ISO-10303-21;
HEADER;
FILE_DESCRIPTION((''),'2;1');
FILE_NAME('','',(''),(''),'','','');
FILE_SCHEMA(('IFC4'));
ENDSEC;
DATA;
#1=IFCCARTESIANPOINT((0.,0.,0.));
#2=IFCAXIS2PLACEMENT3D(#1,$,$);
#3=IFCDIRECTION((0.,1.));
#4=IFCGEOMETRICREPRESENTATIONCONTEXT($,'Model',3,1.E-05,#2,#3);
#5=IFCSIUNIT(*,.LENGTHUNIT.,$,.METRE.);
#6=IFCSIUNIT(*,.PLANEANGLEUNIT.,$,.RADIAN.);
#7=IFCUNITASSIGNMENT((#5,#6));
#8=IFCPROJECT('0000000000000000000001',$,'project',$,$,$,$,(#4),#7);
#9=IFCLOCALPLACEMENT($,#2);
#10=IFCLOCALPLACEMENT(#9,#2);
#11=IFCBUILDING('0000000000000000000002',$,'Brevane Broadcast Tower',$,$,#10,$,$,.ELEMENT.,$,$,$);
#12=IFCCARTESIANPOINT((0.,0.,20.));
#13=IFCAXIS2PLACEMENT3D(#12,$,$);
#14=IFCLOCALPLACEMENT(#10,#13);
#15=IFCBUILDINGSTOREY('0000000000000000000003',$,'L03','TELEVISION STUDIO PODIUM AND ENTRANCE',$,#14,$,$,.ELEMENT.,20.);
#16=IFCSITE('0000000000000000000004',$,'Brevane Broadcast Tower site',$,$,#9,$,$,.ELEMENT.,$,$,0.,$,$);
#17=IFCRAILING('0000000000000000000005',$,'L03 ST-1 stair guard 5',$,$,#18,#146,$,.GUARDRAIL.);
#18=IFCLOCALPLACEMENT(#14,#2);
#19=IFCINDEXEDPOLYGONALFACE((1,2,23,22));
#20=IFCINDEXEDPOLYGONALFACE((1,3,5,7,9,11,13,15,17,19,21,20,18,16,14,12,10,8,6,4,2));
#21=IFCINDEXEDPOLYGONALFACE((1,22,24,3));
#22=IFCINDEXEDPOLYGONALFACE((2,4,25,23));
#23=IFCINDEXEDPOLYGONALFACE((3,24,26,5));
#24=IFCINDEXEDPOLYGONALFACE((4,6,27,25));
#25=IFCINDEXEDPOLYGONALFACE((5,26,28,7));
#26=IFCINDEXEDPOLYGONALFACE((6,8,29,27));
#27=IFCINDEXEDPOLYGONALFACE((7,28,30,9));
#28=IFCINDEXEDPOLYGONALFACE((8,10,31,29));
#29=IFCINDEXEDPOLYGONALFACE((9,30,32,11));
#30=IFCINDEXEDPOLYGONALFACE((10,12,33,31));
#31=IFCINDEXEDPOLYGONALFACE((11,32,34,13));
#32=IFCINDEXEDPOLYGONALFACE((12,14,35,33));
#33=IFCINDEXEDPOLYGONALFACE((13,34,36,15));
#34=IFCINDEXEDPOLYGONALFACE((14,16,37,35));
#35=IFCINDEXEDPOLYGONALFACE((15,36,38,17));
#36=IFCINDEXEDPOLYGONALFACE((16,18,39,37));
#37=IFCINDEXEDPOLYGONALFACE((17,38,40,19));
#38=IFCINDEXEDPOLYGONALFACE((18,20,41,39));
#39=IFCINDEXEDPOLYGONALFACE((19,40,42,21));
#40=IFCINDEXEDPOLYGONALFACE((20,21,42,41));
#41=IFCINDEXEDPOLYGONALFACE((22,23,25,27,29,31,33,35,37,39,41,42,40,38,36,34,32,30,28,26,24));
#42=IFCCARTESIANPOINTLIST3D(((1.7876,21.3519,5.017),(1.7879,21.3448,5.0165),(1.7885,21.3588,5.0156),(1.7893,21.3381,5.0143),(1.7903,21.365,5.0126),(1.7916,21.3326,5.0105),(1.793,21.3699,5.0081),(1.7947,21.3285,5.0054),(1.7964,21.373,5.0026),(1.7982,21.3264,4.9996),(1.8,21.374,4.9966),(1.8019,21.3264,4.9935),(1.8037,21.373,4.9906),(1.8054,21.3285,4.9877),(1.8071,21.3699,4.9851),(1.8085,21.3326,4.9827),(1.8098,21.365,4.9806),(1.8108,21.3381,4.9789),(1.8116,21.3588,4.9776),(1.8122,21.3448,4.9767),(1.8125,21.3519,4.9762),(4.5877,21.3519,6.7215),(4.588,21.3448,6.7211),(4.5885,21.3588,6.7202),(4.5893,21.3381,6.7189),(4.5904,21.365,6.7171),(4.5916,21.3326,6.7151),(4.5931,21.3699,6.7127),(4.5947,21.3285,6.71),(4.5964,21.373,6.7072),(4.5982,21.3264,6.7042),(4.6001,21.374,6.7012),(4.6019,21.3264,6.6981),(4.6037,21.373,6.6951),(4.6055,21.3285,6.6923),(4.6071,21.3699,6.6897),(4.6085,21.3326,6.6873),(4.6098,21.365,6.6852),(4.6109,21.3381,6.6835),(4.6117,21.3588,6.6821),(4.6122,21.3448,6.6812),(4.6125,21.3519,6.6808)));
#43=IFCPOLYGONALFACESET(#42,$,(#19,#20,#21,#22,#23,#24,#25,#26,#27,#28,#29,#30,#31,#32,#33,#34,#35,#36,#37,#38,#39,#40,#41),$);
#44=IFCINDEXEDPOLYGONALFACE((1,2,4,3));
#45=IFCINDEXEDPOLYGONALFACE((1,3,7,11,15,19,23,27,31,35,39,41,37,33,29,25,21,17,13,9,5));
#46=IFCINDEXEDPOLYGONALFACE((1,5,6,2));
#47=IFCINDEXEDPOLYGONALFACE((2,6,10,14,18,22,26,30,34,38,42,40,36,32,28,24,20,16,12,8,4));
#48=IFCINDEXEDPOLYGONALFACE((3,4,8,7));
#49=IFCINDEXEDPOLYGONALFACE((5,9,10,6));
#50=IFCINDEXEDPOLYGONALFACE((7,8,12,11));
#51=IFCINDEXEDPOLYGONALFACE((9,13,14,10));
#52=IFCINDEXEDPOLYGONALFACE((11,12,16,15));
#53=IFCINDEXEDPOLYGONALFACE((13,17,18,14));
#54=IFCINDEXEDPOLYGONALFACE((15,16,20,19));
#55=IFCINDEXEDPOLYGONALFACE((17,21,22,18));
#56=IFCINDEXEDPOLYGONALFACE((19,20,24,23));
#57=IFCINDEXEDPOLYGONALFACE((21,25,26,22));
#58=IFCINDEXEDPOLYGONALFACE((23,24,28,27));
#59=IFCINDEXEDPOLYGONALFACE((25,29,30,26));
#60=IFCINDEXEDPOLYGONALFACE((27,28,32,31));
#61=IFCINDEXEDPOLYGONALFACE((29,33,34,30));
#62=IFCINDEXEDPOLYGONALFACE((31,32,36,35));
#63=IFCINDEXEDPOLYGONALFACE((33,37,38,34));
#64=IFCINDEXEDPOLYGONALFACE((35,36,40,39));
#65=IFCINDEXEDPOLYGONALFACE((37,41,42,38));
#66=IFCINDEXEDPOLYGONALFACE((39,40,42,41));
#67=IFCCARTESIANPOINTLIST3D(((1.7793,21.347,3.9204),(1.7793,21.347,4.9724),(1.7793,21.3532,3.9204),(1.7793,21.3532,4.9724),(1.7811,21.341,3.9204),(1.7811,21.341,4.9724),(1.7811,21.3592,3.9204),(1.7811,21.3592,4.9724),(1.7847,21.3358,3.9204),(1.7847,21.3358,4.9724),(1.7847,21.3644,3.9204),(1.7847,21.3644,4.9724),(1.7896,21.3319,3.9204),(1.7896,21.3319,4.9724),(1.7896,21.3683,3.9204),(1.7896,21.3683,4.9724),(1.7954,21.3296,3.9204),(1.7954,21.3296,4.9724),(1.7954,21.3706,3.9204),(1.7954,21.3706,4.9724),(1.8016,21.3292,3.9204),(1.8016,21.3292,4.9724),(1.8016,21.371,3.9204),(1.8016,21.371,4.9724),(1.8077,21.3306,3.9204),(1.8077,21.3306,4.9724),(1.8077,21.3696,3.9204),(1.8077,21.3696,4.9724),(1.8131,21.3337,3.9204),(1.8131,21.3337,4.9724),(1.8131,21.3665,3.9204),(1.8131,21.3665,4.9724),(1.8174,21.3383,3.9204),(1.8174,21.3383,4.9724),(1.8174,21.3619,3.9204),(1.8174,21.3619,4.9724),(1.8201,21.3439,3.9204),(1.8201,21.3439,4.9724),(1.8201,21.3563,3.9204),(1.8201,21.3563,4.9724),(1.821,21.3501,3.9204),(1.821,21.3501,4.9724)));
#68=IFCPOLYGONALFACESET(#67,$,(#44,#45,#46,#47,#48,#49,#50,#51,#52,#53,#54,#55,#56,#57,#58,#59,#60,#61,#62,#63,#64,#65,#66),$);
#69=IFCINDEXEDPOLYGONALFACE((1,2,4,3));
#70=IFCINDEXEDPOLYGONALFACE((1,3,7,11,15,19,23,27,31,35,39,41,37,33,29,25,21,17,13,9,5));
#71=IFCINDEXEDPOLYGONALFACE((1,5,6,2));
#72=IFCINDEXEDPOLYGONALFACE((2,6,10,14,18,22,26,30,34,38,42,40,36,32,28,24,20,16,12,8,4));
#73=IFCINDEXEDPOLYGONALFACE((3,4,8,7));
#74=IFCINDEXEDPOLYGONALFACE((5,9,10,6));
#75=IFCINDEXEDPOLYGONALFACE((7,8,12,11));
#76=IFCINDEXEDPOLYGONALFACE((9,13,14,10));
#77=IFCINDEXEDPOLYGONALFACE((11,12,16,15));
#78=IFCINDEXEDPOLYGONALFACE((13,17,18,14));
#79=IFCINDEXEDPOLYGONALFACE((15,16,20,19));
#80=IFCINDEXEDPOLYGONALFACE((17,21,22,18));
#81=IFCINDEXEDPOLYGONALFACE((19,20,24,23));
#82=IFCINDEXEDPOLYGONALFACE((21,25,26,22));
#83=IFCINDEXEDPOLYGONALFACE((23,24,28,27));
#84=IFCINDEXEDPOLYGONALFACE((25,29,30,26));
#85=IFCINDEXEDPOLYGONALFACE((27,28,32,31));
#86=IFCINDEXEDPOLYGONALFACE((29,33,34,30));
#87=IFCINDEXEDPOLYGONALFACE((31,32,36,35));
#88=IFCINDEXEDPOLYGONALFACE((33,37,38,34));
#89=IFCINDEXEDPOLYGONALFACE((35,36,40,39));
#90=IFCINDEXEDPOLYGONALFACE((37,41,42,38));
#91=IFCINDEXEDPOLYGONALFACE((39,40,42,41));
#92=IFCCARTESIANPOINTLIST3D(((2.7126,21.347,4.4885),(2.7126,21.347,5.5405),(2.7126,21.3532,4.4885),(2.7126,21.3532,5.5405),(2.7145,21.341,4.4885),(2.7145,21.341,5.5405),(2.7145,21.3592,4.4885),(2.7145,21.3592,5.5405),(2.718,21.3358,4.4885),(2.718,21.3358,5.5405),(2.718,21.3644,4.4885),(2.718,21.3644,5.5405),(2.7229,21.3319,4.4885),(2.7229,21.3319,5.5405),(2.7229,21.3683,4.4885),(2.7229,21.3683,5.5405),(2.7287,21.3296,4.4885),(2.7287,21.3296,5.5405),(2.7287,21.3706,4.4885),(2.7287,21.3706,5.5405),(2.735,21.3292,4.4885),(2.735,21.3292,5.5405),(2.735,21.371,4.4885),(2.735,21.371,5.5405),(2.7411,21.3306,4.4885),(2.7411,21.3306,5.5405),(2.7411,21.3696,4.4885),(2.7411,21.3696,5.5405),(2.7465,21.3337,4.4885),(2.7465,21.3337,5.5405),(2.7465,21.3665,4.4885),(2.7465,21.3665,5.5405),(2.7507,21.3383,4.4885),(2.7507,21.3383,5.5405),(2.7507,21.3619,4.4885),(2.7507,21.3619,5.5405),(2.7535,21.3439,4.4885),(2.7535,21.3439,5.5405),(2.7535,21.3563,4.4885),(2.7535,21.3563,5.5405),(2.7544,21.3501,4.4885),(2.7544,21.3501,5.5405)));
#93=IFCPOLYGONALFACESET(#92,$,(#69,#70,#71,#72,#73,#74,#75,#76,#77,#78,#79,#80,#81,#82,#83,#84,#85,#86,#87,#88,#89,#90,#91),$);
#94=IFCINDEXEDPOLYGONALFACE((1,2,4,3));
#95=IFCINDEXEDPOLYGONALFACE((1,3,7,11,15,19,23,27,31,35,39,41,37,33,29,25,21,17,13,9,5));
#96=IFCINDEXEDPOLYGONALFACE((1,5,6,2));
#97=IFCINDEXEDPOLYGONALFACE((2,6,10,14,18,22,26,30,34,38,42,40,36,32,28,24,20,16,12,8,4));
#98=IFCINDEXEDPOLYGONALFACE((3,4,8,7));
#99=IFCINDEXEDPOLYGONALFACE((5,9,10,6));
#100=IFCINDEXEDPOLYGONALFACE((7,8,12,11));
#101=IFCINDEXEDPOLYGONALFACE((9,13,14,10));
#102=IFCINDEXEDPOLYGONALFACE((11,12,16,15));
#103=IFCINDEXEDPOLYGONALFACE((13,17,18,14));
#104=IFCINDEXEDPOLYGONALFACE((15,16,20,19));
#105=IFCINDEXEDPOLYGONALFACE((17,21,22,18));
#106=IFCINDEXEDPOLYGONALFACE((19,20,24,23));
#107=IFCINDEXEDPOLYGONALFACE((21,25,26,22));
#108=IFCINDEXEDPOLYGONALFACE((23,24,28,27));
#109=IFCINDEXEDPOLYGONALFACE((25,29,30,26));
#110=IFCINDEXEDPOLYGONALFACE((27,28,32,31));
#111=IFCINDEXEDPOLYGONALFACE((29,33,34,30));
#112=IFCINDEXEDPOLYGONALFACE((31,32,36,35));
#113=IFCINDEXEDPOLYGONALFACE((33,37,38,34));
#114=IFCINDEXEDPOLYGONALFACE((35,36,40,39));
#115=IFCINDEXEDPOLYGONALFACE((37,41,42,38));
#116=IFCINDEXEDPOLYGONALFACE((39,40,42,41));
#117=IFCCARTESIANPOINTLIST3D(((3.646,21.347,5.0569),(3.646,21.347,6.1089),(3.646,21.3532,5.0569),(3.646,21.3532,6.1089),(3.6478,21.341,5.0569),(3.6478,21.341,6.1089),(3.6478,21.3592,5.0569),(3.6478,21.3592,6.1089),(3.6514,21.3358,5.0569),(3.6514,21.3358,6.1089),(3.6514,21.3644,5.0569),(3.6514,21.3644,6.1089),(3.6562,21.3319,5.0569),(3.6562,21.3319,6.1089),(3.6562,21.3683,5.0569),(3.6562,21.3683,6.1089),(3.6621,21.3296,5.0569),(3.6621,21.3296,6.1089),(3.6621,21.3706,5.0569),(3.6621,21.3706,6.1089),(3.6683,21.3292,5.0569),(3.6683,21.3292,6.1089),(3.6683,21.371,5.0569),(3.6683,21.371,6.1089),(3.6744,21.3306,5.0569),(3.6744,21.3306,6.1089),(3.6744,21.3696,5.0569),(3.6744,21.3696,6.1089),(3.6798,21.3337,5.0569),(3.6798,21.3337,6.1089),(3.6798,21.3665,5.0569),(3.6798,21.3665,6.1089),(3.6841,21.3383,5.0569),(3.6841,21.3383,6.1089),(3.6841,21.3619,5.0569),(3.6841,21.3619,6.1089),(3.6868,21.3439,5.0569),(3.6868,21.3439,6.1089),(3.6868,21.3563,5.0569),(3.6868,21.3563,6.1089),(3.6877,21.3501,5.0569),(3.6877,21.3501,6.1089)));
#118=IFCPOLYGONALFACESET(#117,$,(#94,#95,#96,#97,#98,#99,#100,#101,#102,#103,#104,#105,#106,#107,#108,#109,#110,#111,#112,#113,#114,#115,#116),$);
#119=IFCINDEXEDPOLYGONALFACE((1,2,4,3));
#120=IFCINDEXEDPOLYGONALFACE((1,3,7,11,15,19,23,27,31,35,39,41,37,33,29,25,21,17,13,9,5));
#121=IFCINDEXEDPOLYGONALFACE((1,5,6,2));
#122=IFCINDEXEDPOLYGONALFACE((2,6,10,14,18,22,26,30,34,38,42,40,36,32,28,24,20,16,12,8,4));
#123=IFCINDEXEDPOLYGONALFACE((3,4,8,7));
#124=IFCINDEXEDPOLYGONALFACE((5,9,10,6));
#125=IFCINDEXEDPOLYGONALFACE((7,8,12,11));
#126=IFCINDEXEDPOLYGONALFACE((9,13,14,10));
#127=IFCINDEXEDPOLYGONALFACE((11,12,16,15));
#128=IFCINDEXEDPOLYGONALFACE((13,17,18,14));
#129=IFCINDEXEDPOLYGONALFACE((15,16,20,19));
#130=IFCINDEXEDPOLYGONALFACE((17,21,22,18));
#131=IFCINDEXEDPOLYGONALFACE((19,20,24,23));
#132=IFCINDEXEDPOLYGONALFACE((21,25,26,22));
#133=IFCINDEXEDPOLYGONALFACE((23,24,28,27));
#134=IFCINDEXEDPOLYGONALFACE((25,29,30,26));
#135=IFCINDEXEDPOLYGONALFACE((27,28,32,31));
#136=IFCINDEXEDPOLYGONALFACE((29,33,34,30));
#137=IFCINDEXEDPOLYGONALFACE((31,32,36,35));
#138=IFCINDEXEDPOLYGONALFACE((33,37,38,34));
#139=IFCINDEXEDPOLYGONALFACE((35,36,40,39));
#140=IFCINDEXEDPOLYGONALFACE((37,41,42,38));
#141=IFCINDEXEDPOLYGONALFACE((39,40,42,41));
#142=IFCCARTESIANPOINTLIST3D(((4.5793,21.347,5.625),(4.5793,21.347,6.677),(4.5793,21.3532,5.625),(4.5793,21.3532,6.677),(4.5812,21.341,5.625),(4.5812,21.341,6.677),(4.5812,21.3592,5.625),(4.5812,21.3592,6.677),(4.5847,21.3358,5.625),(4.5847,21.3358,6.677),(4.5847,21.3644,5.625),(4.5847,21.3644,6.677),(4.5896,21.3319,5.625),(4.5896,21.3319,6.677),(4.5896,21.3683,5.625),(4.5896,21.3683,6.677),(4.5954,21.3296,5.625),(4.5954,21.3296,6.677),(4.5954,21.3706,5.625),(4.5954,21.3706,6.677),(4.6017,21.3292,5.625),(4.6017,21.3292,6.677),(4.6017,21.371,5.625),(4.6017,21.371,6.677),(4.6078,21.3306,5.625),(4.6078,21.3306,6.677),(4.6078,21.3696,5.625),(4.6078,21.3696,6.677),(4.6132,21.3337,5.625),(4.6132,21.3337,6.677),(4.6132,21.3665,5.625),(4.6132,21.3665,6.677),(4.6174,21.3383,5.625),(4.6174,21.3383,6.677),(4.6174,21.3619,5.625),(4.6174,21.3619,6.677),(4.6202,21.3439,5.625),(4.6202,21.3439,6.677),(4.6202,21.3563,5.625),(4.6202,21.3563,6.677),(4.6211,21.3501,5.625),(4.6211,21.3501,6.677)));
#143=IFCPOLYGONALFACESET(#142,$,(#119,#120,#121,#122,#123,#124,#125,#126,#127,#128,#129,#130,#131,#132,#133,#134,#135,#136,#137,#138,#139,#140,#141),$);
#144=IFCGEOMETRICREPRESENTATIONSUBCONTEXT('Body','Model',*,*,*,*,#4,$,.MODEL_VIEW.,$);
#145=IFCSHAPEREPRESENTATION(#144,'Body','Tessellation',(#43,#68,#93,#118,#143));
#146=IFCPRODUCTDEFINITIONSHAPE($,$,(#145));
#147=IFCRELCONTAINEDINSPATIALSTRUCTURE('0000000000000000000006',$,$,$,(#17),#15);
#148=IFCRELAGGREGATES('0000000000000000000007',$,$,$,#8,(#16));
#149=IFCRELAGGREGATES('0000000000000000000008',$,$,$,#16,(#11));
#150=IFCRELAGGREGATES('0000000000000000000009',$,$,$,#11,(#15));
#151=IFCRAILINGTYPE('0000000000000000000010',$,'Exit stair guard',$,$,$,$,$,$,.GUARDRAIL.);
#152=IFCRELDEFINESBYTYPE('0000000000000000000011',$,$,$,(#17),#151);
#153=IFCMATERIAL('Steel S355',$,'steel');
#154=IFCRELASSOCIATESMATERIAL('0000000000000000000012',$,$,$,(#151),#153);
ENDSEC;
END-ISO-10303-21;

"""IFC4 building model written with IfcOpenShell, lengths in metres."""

from ifc_helpers import new_model, si_unit, direction, frame, origin, origin_2d, place, context, subcontext, project, spatial, circle, extrude, material, type_object, element, save


model = new_model("IFC4")

# Units and contexts
model_context = context("Model", 3, precision=1e-05, world=origin(), true_north=direction((0.0, 1.0)))
body_context = subcontext(model_context, "Body", "Model", "MODEL_VIEW")
ifc_project = project(units=[si_unit("LENGTHUNIT", "METRE"), si_unit("PLANEANGLEUNIT", "RADIAN")], contexts=[model_context])

# Site, building, storey
site_placement = place(None, origin())
site = spatial("IfcSite", under=ifc_project, at=site_placement, Name="Brevane Broadcast Tower site", CompositionType="ELEMENT", RefElevation=0.0)
building_placement = place(site_placement, origin())
building = spatial("IfcBuilding", under=site, at=building_placement, Name="Brevane Broadcast Tower", CompositionType="ELEMENT")
storey_placement = place(building_placement, frame((0.0, 0.0, 20.0)))
storey = spatial("IfcBuildingStorey", under=building, at=storey_placement, Name="L03", Description="TELEVISION STUDIO PODIUM AND ENTRANCE", CompositionType="ELEMENT", Elevation=20.0)

# Railing
ifc_material_1 = material(Name="Steel S355", Category="steel")
railing_type_1 = type_object("IfcRailingType", Name="Exit stair guard", PredefinedType="GUARDRAIL", material=ifc_material_1)
railing_1_placement = place(storey_placement, frame((1.8, 21.3501, 3.9204)))
element("IfcRailing", 1, at=railing_1_placement, inside=storey, type_object=railing_type_1, Name="L03 ST-1 stair guard 5", PredefinedType="GUARDRAIL", context=body_context, shape_type="SweptSolid", body=[
    extrude(circle(Radius=0.0239, at=origin_2d()), frame((0.0, 0.0, 1.0762), z_axis=(0.85417, 0.0, 0.519994), x_axis=(0.0, 1.0, 0.0)), (0.0, 0.0, 1.0), 3.2781),
    extrude(circle(Radius=0.021, at=origin_2d()), origin(), (0.0, 0.0, 1.0), 1.052),
    extrude(circle(Radius=0.021, at=origin_2d()), frame((0.9333, 0.0, 0.5681)), (0.0, 0.0, 1.0), 1.052),
    extrude(circle(Radius=0.021, at=origin_2d()), frame((1.8667, 0.0, 1.1365)), (0.0, 0.0, 1.0), 1.052),
    extrude(circle(Radius=0.021, at=origin_2d()), frame((2.8, 0.0, 1.7046)), (0.0, 0.0, 1.0), 1.052),
])

save(model, "model.ifc")
